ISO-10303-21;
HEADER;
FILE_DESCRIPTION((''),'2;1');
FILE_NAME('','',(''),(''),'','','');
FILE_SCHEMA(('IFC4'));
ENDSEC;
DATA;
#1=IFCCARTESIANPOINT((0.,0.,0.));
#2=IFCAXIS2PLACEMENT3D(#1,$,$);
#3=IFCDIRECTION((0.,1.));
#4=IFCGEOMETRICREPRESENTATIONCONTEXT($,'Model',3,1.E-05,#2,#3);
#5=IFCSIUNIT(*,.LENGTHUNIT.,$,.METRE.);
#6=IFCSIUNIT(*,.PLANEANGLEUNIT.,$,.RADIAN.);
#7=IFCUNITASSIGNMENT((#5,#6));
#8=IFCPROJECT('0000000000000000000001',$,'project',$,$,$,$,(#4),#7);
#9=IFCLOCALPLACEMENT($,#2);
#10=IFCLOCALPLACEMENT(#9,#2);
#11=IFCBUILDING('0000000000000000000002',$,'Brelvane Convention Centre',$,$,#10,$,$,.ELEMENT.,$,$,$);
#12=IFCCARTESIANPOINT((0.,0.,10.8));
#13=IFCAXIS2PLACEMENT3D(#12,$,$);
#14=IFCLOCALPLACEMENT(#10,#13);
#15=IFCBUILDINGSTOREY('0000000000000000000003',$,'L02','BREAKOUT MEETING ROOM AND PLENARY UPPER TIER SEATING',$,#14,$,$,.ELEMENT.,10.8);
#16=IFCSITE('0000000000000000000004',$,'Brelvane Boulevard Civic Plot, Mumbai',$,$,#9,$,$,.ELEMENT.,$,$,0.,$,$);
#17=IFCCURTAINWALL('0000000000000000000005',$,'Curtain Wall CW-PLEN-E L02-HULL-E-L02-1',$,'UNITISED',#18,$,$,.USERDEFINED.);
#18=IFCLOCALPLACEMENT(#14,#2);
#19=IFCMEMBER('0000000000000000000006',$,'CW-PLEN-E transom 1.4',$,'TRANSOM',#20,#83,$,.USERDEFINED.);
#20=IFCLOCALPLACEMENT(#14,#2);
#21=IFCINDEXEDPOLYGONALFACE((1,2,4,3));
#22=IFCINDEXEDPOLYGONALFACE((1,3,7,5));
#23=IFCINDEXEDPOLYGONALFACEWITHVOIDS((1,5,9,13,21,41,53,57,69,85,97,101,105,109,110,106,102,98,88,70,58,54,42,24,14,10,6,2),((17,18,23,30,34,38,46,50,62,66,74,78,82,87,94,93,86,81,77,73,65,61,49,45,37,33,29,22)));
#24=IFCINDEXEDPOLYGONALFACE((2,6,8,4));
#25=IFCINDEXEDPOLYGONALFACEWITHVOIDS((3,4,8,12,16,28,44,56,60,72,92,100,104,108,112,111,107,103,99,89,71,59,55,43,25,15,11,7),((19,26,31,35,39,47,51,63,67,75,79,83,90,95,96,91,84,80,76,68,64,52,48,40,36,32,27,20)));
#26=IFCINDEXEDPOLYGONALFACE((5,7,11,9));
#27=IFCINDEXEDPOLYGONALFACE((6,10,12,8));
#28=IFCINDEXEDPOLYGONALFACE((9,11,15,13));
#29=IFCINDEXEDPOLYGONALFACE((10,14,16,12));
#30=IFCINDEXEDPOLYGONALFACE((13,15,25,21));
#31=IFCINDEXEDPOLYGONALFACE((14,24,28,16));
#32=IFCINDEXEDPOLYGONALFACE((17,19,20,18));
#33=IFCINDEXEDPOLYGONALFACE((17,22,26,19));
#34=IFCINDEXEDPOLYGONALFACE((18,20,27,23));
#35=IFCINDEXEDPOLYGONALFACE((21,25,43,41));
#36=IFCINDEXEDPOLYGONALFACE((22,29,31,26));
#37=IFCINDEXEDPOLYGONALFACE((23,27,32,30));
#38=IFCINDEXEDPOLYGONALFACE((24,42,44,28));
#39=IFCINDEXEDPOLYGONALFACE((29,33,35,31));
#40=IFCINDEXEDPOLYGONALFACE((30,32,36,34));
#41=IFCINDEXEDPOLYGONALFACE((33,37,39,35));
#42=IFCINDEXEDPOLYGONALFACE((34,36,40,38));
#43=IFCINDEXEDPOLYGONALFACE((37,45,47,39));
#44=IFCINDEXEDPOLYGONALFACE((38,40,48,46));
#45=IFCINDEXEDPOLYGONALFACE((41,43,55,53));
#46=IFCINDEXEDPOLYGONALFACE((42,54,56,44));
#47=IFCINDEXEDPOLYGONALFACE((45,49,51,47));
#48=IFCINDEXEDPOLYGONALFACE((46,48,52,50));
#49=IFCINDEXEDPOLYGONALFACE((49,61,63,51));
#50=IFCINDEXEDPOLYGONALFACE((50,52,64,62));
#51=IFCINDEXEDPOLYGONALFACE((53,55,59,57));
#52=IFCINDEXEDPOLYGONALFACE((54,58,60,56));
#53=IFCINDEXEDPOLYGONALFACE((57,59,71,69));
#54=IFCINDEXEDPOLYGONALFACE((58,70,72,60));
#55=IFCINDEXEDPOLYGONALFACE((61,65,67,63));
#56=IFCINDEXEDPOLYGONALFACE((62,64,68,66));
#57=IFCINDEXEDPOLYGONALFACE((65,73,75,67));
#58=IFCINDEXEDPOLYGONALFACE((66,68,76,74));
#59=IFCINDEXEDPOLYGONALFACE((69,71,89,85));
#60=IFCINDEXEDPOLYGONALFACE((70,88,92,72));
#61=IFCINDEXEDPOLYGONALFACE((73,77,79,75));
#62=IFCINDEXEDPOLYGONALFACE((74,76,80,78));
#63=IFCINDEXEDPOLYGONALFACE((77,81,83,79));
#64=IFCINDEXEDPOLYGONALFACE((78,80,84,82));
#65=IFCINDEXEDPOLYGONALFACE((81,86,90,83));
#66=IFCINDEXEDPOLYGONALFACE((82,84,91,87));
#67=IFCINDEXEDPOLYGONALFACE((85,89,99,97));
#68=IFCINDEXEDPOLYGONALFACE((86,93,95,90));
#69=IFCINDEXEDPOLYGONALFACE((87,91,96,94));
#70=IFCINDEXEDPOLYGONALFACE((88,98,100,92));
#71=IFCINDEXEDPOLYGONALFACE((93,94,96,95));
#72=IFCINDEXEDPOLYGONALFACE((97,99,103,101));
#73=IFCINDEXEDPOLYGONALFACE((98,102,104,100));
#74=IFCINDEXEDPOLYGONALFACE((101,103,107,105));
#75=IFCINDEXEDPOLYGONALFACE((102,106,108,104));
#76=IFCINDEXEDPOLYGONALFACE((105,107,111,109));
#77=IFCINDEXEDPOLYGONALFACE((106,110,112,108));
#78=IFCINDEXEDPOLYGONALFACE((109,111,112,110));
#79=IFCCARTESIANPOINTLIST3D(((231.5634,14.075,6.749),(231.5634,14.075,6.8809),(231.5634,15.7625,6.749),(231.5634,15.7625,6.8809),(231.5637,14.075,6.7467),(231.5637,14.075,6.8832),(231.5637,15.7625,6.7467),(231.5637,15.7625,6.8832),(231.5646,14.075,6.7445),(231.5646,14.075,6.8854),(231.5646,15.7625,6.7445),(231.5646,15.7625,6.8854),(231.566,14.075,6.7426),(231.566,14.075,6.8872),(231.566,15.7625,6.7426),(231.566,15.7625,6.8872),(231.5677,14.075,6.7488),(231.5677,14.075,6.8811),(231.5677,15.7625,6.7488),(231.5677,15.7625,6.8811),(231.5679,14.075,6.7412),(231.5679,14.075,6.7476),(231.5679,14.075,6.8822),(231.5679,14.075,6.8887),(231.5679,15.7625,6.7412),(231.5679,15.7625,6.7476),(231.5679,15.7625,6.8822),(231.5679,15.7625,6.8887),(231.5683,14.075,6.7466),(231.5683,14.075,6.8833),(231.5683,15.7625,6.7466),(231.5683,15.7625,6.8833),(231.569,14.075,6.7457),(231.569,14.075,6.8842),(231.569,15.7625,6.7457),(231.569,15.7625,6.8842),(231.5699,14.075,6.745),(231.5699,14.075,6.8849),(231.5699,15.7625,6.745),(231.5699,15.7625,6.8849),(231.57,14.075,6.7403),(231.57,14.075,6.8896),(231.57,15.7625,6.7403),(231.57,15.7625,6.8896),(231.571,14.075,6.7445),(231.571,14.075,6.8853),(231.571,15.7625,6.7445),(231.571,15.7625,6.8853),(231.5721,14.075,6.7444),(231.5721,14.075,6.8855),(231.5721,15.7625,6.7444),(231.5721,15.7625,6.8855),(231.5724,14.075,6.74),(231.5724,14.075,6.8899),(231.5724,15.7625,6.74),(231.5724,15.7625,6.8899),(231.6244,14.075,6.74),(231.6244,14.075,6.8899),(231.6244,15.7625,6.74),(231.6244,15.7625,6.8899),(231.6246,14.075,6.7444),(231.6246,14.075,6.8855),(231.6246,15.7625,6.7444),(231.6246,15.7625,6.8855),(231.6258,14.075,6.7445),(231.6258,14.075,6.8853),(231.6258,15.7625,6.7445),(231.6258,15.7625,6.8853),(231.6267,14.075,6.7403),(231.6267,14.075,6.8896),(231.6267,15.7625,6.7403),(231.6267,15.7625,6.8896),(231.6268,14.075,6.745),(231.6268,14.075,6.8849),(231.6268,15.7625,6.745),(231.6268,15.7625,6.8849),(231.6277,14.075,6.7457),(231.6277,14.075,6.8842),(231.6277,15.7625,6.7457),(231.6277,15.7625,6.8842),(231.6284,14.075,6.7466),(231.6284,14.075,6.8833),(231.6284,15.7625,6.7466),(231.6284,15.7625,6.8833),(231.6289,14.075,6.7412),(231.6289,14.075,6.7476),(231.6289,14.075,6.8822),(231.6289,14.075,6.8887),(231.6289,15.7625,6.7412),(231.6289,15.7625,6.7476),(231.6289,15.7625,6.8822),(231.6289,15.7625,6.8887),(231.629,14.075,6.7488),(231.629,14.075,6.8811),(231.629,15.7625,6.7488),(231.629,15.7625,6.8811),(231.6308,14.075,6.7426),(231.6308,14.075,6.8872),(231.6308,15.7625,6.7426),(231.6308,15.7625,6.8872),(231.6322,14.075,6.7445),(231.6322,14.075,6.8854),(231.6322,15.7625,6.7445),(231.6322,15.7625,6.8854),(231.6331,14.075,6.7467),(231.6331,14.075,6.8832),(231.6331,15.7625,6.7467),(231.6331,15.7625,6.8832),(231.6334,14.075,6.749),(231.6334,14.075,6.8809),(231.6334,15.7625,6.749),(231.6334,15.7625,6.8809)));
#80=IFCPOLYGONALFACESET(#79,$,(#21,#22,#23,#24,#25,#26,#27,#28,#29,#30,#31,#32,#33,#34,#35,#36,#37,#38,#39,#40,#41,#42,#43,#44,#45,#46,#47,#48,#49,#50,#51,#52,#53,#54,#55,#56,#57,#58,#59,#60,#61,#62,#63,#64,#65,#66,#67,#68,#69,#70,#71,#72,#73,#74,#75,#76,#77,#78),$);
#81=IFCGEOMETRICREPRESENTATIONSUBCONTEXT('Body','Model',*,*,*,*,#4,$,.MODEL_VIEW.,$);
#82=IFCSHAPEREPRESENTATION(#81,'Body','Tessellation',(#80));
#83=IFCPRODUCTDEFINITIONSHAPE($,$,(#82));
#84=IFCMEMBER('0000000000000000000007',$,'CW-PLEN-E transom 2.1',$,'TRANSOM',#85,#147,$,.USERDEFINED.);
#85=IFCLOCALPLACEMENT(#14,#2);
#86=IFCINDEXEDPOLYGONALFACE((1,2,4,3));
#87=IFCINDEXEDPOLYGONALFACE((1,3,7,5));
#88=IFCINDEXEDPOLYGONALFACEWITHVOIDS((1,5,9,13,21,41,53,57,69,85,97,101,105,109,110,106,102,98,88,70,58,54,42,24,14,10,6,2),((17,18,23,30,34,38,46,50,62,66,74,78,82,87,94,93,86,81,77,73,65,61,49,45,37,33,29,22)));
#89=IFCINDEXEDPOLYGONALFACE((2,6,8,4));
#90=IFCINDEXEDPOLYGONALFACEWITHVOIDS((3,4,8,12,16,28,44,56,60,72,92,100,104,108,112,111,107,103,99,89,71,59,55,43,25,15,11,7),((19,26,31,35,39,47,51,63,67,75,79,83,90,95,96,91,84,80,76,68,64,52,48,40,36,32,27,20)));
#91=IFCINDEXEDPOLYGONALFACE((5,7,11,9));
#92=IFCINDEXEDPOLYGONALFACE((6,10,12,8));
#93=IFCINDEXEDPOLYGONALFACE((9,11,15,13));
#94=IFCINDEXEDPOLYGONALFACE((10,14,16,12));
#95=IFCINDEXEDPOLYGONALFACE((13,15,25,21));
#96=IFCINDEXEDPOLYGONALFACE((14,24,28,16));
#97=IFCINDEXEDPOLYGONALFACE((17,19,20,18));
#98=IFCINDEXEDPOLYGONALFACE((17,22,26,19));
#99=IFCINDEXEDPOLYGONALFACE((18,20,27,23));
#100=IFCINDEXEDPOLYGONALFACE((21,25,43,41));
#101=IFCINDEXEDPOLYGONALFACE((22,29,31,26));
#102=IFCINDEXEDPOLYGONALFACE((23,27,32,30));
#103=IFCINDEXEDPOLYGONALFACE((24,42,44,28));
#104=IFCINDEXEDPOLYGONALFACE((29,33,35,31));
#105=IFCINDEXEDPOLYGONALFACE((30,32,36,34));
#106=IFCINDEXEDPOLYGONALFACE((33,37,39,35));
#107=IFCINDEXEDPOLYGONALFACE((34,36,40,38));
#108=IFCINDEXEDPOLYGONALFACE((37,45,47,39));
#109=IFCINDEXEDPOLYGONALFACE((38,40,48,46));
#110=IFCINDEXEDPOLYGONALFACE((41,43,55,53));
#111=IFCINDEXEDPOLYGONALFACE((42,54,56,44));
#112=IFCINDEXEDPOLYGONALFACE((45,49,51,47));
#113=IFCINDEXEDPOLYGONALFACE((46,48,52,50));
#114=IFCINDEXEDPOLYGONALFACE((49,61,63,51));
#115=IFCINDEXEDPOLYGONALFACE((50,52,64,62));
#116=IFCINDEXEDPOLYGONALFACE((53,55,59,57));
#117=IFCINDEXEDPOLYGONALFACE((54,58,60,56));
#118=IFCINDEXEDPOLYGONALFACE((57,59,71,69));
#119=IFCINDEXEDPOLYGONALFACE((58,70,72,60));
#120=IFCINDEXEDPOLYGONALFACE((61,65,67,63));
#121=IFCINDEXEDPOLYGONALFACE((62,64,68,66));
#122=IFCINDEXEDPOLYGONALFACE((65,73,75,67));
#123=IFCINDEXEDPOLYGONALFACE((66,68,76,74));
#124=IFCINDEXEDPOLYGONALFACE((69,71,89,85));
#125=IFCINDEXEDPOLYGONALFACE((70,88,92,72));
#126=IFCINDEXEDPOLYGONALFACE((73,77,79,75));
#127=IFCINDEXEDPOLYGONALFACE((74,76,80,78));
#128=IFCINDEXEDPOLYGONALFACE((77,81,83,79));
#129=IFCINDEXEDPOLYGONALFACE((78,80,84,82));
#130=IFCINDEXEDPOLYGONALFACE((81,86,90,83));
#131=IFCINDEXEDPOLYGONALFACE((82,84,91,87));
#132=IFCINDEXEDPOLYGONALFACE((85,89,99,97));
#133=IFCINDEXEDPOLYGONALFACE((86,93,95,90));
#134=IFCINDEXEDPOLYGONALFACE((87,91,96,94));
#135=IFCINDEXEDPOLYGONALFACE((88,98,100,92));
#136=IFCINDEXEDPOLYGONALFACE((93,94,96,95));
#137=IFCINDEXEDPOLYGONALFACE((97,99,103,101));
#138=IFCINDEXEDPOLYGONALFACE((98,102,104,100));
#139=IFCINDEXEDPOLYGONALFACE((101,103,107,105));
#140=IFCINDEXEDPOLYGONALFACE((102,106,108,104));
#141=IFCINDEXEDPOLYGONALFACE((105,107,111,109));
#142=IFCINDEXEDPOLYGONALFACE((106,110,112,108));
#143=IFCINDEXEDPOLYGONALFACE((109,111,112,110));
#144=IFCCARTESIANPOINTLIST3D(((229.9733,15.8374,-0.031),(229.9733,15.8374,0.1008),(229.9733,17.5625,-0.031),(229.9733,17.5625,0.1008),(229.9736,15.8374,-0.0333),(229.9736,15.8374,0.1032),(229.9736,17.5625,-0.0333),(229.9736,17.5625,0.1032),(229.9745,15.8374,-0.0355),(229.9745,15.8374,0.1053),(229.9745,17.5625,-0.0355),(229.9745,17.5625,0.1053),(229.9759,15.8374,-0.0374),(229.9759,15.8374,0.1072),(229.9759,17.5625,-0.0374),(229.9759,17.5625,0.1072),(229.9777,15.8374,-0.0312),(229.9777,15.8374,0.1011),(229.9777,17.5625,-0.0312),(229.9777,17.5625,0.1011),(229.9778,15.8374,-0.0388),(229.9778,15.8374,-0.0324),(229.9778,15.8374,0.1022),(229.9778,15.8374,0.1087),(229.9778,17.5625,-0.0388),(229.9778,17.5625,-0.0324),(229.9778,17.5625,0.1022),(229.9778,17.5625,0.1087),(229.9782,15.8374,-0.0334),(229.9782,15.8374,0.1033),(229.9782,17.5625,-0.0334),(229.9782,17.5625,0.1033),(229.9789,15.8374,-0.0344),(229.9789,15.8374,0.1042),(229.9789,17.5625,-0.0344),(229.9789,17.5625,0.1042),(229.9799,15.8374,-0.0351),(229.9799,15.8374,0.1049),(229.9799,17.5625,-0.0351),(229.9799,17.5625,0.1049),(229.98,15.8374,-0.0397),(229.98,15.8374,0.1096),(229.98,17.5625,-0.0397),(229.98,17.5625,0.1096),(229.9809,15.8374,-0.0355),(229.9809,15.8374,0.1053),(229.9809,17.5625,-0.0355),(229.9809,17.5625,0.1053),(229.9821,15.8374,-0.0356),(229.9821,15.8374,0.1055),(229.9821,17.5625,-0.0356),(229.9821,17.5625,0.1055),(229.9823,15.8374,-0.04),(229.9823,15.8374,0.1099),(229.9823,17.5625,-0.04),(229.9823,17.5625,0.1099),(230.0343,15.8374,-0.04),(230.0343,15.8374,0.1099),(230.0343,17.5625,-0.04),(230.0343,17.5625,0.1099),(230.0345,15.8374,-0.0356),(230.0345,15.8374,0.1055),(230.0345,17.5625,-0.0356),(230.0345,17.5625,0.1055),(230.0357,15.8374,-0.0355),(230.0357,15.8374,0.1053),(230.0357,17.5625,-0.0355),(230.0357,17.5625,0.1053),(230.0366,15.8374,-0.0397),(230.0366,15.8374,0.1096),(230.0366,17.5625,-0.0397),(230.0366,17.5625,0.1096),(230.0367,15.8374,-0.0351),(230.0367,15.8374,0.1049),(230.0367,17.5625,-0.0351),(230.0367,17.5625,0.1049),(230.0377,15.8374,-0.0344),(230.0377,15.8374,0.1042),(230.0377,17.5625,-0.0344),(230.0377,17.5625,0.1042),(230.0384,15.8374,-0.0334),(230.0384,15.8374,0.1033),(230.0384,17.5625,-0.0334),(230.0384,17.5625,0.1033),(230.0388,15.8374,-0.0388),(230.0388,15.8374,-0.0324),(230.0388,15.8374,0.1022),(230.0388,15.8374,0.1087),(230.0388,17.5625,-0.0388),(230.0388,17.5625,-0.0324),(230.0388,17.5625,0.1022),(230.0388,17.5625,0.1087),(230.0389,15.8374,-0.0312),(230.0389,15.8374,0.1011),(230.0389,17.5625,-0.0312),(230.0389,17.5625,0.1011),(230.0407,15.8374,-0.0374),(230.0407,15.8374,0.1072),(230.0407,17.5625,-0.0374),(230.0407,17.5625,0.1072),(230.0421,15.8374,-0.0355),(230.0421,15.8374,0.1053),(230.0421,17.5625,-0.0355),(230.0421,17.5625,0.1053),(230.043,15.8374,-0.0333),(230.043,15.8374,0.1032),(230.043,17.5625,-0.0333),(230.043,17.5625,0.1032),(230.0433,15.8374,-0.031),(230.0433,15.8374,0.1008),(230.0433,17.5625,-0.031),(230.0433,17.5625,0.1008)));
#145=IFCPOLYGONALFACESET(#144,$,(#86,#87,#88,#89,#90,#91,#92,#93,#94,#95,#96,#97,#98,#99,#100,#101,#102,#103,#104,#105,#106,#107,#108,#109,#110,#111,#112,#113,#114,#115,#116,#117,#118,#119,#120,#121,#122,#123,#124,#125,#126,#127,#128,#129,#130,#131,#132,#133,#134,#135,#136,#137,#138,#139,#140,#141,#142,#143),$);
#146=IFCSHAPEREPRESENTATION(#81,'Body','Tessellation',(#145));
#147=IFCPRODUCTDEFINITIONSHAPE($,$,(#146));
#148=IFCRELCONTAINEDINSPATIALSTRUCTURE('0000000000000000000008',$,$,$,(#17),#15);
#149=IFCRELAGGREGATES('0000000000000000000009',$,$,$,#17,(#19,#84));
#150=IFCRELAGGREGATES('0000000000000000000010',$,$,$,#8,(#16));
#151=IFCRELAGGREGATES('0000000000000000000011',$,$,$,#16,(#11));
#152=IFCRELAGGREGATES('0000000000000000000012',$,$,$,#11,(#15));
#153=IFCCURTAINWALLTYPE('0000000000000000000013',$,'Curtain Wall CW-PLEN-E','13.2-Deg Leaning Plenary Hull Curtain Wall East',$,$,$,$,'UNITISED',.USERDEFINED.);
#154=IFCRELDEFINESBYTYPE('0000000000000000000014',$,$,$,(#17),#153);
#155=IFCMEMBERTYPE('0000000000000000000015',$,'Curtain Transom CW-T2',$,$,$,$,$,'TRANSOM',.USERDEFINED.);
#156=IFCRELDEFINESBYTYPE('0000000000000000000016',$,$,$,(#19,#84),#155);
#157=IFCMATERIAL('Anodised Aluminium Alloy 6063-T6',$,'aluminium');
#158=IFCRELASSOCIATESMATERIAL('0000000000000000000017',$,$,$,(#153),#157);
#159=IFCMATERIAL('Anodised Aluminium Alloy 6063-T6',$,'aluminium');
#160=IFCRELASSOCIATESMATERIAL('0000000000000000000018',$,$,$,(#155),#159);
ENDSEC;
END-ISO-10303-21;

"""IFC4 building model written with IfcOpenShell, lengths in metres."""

from ifc_helpers import new_model, si_unit, direction, frame, origin, origin_2d, place, context, subcontext, project, spatial, hollow_rectangle, extrude, material, material_profile, profile_set, type_object, element, aggregate, save


model = new_model("IFC4")

# Units and contexts
model_context = context("Model", 3, precision=1e-05, world=origin(), true_north=direction((0.0, 1.0)))
body_context = subcontext(model_context, "Body", "Model", "MODEL_VIEW")
ifc_project = project(units=[si_unit("LENGTHUNIT", "METRE"), si_unit("PLANEANGLEUNIT", "RADIAN")], contexts=[model_context])

# Site, building, storey
site_placement = place(None, origin())
site = spatial("IfcSite", under=ifc_project, at=site_placement, Name="Brelvane Boulevard Civic Plot, Mumbai", CompositionType="ELEMENT", RefElevation=0.0)
building_placement = place(site_placement, origin())
building = spatial("IfcBuilding", under=site, at=building_placement, Name="Brelvane Convention Centre", CompositionType="ELEMENT")
storey_placement = place(building_placement, frame((0.0, 0.0, 10.8)))
storey = spatial("IfcBuildingStorey", under=building, at=storey_placement, Name="L02", Description="BREAKOUT MEETING ROOM AND PLENARY UPPER TIER SEATING", CompositionType="ELEMENT", Elevation=10.8)

# Curtain wall, members
ifc_material_1 = material(Name="Anodised Aluminium Alloy 6063-T6", Category="aluminium")
curtain_wall_type = type_object("IfcCurtainWallType", Name="Curtain Wall CW-PLEN-E", Description="13.2-Deg Leaning Plenary Hull Curtain Wall East", ElementType="UNITISED", PredefinedType="USERDEFINED", material=ifc_material_1)
curtain_wall_placement = place(storey_placement, origin())
curtain_wall = element("IfcCurtainWall", 1, at=curtain_wall_placement, inside=storey, type_object=curtain_wall_type, Name="Curtain Wall CW-PLEN-E L02-HULL-E-L02-1", ObjectType="UNITISED", PredefinedType="USERDEFINED")
ifc_material_2 = material(Name="Anodised Aluminium Alloy 6063-T6", Category="aluminium")
ifc_material_profile_1 = material_profile(ifc_material_2, hollow_rectangle(XDim=0.0701, YDim=0.1499, WallThickness=0.0044, InnerFilletRadius=0.0044, OuterFilletRadius=0.009, at=origin_2d()), Name="ALU-T 150x70x4.5")
ifc_profile_set_1 = profile_set([ifc_material_profile_1], Name="Anodised Aluminium Alloy 6063-T6")
member_type_1 = type_object("IfcMemberType", Name="Curtain Transom CW-T2", ElementType="TRANSOM", PredefinedType="USERDEFINED", material=ifc_profile_set_1)
member_1_placement = place(storey_placement, frame((231.5984, 14.075, 6.8149), z_axis=(0.0, 1.0, 0.0), x_axis=(-1.0, 0.0, 0.0)))
member_1 = element("IfcMember", 2, at=member_1_placement, type_object=member_type_1, Name="CW-PLEN-E transom 1.4", ObjectType="TRANSOM", PredefinedType="USERDEFINED", context=body_context, shape_type="SweptSolid", body=[
    extrude(hollow_rectangle(XDim=0.0701, YDim=0.1499, WallThickness=0.0044, InnerFilletRadius=0.0044, OuterFilletRadius=0.009, at=origin_2d()), origin(), (0.0, 0.0, 1.0), 1.6875),
])
member_2_placement = place(storey_placement, frame((230.0083, 15.8374, 0.0349), z_axis=(0.0, 1.0, 0.0), x_axis=(-1.0, 0.0, 0.0)))
member_2 = element("IfcMember", 3, at=member_2_placement, type_object=member_type_1, Name="CW-PLEN-E transom 2.1", ObjectType="TRANSOM", PredefinedType="USERDEFINED", context=body_context, shape_type="SweptSolid", body=[
    extrude(hollow_rectangle(XDim=0.0701, YDim=0.1499, WallThickness=0.0044, InnerFilletRadius=0.0044, OuterFilletRadius=0.009, at=origin_2d()), origin(), (0.0, 0.0, 1.0), 1.7251),
])
aggregate(curtain_wall, [member_1, member_2])

save(model, "model.ifc")
